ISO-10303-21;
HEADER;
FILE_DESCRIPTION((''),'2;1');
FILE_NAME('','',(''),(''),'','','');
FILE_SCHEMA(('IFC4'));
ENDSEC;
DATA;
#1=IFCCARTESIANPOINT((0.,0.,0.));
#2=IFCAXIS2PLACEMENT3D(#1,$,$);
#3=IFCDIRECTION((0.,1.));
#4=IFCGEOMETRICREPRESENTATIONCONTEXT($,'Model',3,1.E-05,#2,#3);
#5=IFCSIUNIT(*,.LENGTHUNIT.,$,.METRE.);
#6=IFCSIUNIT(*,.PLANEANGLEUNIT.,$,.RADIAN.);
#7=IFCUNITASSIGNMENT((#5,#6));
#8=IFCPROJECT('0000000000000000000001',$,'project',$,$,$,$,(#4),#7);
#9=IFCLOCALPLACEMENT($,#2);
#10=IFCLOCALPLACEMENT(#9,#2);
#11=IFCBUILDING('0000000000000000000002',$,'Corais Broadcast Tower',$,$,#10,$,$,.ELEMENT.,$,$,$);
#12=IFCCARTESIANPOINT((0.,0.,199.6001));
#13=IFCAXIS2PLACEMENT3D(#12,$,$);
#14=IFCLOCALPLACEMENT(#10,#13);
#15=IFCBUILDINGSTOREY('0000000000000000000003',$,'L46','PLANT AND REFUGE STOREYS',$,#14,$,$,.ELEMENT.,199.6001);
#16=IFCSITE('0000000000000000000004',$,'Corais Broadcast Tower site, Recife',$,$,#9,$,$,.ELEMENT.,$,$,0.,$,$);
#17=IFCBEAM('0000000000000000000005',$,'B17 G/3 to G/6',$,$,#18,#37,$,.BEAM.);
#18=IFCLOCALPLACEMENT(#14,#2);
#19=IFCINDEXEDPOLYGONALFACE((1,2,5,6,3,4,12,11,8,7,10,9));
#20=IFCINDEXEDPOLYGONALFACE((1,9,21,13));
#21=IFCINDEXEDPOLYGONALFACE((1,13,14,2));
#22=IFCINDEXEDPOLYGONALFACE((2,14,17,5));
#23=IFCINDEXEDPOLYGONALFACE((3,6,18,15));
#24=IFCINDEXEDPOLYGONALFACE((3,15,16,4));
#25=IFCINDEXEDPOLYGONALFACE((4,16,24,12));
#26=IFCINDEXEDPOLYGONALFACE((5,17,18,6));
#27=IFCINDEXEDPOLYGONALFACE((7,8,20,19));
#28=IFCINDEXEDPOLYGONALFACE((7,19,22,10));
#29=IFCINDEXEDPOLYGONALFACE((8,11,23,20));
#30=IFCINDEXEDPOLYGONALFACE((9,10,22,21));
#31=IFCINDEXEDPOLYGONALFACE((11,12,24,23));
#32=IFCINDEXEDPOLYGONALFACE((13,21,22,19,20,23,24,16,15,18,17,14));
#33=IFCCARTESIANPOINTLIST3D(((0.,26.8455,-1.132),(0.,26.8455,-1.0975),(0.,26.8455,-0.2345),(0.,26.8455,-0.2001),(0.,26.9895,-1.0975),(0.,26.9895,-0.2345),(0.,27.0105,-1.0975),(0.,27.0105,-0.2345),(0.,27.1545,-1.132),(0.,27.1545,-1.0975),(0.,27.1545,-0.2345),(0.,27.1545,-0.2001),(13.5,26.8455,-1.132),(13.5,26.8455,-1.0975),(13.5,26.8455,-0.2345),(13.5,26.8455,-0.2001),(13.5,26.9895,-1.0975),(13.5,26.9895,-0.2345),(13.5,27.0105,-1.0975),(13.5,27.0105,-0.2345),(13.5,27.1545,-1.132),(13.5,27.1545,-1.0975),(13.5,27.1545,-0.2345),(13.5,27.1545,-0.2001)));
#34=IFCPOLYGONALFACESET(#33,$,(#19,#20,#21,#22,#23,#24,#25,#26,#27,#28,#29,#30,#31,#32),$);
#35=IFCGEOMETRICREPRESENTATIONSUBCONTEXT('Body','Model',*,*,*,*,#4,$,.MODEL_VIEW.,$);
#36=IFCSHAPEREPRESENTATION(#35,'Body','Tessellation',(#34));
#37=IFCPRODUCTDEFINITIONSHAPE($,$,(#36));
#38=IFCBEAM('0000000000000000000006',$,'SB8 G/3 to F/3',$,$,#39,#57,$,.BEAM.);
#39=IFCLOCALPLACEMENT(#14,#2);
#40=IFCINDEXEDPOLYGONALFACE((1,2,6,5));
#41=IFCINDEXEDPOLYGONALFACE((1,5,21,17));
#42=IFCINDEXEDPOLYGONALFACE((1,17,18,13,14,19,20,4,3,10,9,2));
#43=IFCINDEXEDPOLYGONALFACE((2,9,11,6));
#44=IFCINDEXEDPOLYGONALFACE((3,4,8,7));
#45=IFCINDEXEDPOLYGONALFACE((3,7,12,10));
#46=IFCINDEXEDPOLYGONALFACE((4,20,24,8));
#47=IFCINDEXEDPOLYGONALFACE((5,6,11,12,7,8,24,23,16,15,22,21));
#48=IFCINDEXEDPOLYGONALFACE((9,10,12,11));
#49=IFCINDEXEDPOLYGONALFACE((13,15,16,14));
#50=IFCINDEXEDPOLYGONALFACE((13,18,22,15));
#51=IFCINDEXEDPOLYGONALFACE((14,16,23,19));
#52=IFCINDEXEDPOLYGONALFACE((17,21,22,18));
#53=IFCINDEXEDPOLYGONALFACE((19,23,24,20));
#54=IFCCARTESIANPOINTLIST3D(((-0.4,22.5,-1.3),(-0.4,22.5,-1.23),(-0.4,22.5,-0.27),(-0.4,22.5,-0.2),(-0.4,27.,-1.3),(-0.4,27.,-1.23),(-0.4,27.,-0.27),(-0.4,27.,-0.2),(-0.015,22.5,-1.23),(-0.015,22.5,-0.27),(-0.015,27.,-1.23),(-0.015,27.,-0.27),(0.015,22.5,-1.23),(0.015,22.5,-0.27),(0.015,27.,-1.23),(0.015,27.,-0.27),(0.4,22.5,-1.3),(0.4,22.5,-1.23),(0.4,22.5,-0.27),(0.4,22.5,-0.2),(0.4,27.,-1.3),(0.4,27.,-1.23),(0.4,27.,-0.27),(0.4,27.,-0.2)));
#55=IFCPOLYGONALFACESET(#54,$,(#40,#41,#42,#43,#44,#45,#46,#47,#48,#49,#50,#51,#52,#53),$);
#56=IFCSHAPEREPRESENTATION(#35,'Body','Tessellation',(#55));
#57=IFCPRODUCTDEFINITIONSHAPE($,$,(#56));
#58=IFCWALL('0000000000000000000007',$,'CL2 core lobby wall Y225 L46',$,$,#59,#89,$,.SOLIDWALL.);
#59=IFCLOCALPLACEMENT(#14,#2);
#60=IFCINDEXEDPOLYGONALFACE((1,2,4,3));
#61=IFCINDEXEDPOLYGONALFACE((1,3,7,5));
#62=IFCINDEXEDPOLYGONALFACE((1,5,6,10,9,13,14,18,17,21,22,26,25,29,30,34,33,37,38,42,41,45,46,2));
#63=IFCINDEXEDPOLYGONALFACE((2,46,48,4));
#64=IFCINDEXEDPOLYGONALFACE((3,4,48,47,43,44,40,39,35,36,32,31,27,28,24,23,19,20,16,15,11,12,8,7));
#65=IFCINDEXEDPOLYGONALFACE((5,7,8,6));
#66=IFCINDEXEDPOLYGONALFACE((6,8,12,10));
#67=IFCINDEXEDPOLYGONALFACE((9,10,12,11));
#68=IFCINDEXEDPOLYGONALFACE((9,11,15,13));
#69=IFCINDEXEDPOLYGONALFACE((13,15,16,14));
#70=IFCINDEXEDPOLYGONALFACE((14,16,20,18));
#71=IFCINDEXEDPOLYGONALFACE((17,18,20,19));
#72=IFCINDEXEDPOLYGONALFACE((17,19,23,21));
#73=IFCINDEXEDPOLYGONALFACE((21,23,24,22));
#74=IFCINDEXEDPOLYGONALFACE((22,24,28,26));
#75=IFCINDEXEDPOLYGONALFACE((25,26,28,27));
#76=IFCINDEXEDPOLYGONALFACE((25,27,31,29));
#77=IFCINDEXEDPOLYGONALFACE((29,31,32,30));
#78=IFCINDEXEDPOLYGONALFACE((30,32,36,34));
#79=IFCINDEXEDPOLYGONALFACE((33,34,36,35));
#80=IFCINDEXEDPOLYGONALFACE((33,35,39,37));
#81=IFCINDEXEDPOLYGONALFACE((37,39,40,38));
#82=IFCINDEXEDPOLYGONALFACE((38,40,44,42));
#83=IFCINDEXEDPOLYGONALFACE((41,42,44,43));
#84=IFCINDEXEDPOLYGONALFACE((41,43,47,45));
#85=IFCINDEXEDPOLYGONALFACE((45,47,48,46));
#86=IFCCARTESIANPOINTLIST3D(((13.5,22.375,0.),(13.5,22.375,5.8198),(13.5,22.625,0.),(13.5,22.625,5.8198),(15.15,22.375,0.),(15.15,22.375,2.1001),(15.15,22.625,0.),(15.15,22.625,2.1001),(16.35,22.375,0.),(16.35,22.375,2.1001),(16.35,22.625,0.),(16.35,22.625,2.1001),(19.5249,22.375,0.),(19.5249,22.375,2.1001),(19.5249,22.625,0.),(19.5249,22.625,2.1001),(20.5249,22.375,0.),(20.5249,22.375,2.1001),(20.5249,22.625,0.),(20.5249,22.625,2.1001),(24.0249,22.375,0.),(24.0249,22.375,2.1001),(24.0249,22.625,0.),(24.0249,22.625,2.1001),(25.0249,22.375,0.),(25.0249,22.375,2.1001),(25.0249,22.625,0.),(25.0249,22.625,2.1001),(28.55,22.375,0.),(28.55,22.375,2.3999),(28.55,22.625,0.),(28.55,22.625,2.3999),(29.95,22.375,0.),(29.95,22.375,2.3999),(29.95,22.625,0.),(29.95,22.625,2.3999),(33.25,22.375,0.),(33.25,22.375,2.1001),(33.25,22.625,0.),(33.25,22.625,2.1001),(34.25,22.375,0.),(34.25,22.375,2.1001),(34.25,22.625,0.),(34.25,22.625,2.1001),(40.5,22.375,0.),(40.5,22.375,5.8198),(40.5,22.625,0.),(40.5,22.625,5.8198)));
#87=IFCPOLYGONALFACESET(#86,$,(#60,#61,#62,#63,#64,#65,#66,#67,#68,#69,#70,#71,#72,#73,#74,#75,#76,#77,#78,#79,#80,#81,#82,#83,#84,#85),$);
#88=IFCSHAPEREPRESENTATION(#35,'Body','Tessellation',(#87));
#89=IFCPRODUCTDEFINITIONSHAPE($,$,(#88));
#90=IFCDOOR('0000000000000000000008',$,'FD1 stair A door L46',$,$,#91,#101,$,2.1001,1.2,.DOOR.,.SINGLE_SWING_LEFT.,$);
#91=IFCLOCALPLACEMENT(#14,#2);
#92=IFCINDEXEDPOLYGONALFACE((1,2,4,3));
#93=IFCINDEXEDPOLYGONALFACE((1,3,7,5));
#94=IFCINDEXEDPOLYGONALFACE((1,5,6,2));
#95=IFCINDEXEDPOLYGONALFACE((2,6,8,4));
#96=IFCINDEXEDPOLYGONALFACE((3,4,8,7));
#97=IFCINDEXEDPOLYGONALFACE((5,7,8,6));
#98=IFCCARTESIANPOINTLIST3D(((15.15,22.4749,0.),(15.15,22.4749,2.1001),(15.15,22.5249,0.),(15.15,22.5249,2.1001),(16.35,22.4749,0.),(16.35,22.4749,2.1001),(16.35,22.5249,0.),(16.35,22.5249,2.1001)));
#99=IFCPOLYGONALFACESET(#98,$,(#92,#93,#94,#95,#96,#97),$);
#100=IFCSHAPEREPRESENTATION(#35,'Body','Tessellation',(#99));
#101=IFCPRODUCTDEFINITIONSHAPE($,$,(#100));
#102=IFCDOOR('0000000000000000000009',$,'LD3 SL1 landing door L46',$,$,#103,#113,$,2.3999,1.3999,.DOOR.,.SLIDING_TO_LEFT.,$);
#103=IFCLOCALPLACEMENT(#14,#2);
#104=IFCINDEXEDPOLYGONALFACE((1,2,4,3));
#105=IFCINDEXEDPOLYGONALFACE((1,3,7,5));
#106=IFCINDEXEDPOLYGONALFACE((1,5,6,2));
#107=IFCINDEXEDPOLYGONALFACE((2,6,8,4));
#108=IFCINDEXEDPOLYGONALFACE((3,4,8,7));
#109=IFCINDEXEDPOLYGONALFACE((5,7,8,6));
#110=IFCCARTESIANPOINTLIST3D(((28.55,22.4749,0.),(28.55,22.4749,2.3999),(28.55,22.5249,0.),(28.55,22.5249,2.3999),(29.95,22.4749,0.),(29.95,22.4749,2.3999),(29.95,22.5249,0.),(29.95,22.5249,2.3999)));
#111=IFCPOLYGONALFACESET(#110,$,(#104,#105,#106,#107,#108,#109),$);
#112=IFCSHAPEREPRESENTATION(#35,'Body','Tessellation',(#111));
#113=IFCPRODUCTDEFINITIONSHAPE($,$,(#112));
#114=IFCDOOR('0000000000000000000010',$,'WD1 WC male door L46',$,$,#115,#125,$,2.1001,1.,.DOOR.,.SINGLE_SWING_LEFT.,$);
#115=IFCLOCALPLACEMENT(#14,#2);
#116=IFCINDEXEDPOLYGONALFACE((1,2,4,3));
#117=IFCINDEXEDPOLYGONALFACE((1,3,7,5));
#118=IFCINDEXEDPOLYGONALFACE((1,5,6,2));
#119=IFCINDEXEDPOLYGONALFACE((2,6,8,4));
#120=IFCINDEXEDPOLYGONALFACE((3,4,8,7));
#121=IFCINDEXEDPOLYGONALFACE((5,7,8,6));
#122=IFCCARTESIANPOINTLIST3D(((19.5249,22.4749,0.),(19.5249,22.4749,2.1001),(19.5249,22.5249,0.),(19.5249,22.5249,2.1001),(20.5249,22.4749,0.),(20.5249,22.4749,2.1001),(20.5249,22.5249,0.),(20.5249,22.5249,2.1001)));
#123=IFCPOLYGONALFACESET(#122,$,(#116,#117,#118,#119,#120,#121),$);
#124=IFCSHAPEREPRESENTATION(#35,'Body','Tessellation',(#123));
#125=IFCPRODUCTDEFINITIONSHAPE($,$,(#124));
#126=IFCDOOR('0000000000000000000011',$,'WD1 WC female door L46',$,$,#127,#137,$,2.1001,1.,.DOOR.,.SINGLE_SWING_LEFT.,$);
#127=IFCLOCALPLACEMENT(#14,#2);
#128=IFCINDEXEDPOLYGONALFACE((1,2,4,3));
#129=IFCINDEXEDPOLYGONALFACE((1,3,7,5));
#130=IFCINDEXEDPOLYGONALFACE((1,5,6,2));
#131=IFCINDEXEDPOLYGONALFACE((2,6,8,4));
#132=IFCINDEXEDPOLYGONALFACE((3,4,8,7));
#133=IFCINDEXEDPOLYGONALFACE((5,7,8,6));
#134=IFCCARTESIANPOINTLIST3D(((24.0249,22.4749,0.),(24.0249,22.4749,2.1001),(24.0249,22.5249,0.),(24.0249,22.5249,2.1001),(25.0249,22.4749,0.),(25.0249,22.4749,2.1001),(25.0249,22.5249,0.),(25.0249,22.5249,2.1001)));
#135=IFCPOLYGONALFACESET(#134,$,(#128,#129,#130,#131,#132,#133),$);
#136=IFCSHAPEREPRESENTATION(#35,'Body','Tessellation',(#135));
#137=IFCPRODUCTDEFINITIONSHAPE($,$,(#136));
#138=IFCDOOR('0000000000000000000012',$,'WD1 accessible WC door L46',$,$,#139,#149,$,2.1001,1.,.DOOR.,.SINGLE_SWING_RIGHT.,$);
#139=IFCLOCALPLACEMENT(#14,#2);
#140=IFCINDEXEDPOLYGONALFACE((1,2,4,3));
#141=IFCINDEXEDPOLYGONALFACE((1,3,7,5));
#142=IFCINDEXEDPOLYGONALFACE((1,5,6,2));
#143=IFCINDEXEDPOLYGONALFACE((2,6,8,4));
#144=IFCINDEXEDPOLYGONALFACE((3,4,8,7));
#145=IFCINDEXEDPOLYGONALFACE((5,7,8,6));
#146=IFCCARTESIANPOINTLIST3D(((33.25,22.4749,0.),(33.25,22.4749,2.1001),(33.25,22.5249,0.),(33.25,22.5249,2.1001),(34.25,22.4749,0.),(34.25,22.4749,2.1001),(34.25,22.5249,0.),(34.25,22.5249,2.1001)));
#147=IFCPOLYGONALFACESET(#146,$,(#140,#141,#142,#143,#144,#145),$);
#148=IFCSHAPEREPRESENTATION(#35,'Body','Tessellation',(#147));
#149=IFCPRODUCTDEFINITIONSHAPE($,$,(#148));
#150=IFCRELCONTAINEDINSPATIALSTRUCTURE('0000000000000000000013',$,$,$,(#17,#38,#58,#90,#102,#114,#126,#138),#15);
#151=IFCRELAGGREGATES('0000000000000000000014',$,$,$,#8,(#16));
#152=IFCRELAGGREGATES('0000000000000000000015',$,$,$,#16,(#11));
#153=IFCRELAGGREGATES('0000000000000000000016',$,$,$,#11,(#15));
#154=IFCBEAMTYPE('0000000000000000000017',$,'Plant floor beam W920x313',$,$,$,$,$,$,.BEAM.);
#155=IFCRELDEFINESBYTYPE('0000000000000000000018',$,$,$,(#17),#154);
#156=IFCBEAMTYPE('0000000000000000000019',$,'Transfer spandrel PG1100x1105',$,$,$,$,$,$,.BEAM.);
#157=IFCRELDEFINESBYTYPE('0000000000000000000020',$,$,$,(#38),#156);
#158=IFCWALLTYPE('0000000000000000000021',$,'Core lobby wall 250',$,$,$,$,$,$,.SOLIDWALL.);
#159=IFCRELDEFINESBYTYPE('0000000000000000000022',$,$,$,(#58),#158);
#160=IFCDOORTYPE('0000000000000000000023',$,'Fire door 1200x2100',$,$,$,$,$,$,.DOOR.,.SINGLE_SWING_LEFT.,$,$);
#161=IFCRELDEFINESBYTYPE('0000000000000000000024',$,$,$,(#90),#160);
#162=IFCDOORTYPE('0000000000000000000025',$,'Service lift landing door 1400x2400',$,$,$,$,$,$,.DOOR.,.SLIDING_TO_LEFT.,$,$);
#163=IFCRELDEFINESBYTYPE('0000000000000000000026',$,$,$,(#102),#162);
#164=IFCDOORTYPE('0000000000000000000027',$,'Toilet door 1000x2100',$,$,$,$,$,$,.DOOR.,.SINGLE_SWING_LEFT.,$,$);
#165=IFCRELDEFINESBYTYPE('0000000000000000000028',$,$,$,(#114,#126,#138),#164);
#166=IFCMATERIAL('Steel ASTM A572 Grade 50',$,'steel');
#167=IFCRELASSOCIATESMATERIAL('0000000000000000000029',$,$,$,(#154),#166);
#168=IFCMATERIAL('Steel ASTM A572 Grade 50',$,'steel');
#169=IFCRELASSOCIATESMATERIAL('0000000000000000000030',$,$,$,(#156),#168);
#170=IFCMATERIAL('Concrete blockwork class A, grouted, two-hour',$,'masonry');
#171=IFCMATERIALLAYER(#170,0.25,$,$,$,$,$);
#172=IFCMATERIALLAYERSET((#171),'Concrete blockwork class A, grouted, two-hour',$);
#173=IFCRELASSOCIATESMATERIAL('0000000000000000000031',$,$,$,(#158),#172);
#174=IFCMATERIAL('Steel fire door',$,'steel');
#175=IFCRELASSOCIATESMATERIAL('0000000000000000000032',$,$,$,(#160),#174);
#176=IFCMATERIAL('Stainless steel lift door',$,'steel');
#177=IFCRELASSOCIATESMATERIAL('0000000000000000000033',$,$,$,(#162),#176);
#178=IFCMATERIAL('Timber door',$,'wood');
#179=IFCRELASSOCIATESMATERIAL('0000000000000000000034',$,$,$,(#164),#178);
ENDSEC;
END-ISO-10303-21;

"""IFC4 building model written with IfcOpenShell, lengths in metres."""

from ifc_helpers import new_model, si_unit, direction, frame, frame_2d, origin, origin_2d, place, context, subcontext, project, spatial, rectangle, i_section, extrude, material, layer, layer_set, material_profile, profile_set, type_object, element, fill, save


model = new_model("IFC4")

# Units and contexts
model_context = context("Model", 3, precision=1e-05, world=origin(), true_north=direction((0.0, 1.0)))
body_context = subcontext(model_context, "Body", "Model", "MODEL_VIEW")
ifc_project = project(units=[si_unit("LENGTHUNIT", "METRE"), si_unit("PLANEANGLEUNIT", "RADIAN")], contexts=[model_context])

# Site, building, storey
site_placement = place(None, origin())
site = spatial("IfcSite", under=ifc_project, at=site_placement, Name="Corais Broadcast Tower site, Recife", CompositionType="ELEMENT", RefElevation=0.0)
building_placement = place(site_placement, origin())
building = spatial("IfcBuilding", under=site, at=building_placement, Name="Corais Broadcast Tower", CompositionType="ELEMENT")
storey_placement = place(building_placement, frame((0.0, 0.0, 199.6001)))
storey = spatial("IfcBuildingStorey", under=building, at=storey_placement, Name="L46", Description="PLANT AND REFUGE STOREYS", CompositionType="ELEMENT", Elevation=199.6001)

# Beams
ifc_material_1 = material(Name="Steel ASTM A572 Grade 50", Category="steel")
ifc_material_profile_1 = material_profile(ifc_material_1, i_section(OverallWidth=0.3091, OverallDepth=0.9319, WebThickness=0.021, FlangeThickness=0.0344, at=origin_2d()), Name="W920x313")
ifc_profile_set_1 = profile_set([ifc_material_profile_1], Name="Steel ASTM A572 Grade 50")
beam_type_1 = type_object("IfcBeamType", Name="Plant floor beam W920x313", PredefinedType="BEAM", material=ifc_profile_set_1)
beam_1_placement = place(storey_placement, frame((0.0, 27.0, -0.666), z_axis=(1.0, 0.0, 0.0), x_axis=(0.0, 1.0, 0.0)))
element("IfcBeam", 1, at=beam_1_placement, inside=storey, type_object=beam_type_1, Name="B17 G/3 to G/6", PredefinedType="BEAM", context=body_context, shape_type="SweptSolid", body=[
    extrude(i_section(OverallWidth=0.3091, OverallDepth=0.9319, WebThickness=0.021, FlangeThickness=0.0344, at=origin_2d()), origin(), (0.0, 0.0, 1.0), 13.5),
])
ifc_material_2 = material(Name="Steel ASTM A572 Grade 50", Category="steel")
ifc_material_profile_2 = material_profile(ifc_material_2, i_section(OverallWidth=0.8, OverallDepth=1.1001, WebThickness=0.03, FlangeThickness=0.0701, at=origin_2d()), Name="PG1100x1105")
ifc_profile_set_2 = profile_set([ifc_material_profile_2], Name="Steel ASTM A572 Grade 50")
beam_type_2 = type_object("IfcBeamType", Name="Transfer spandrel PG1100x1105", PredefinedType="BEAM", material=ifc_profile_set_2)
beam_2_placement = place(storey_placement, frame((0.0, 27.0, -0.75), z_axis=(0.0, -1.0, 0.0), x_axis=(1.0, 0.0, 0.0)))
element("IfcBeam", 2, at=beam_2_placement, inside=storey, type_object=beam_type_2, Name="SB8 G/3 to F/3", PredefinedType="BEAM", context=body_context, shape_type="SweptSolid", body=[
    extrude(i_section(OverallWidth=0.8, OverallDepth=1.1001, WebThickness=0.03, FlangeThickness=0.0701, at=origin_2d()), origin(), (0.0, 0.0, 1.0), 4.5),
])

# Wall, openings, doors
ifc_material_3 = material(Name="Concrete blockwork class A, grouted, two-hour", Category="masonry")
ifc_layer_1 = layer(ifc_material_3, 0.25)
ifc_layer_set_1 = layer_set([ifc_layer_1], Name="Concrete blockwork class A, grouted, two-hour")
wall_type_1 = type_object("IfcWallType", Name="Core lobby wall 250", PredefinedType="SOLIDWALL", material=ifc_layer_set_1)
wall_1_placement = place(storey_placement, frame((13.5, 22.5, 0.0), z_axis=(0.0, 0.0, 1.0), x_axis=(1.0, 0.0, 0.0)))
wall_1 = element("IfcWall", 3, at=wall_1_placement, inside=storey, type_object=wall_type_1, Name="CL2 core lobby wall Y225 L46", PredefinedType="SOLIDWALL", context=body_context, shape_type="SweptSolid", body=[
    extrude(rectangle(XDim=27.0, YDim=0.25, at=frame_2d((13.5, 0.0))), origin(), (0.0, 0.0, 1.0), 5.8198),
])
opening_1_placement = place(wall_1_placement, frame((1.6499, 0.0, 0.0)))
opening_1 = element("IfcOpeningElement", 4, at=opening_1_placement, cuts=wall_1, PredefinedType="OPENING", context=body_context, shape_type="SweptSolid", body=[
    extrude(rectangle(XDim=1.2, YDim=2.1001, at=frame_2d((0.6001, 1.05))), frame((0.0, 0.135, 0.0), z_axis=(0.0, -1.0, 0.0), x_axis=(1.0, 0.0, 0.0)), (0.0, 0.0, 1.0), 0.27),
])
opening_2_placement = place(wall_1_placement, frame((6.0249, 0.0, 0.0)))
opening_2 = element("IfcOpeningElement", 5, at=opening_2_placement, cuts=wall_1, PredefinedType="OPENING", context=body_context, shape_type="SweptSolid", body=[
    extrude(rectangle(XDim=1.0, YDim=2.1001, at=frame_2d((0.5, 1.05))), frame((0.0, 0.135, 0.0), z_axis=(0.0, -1.0, 0.0), x_axis=(1.0, 0.0, 0.0)), (0.0, 0.0, 1.0), 0.27),
])
opening_3_placement = place(wall_1_placement, frame((10.5249, 0.0, 0.0)))
opening_3 = element("IfcOpeningElement", 6, at=opening_3_placement, cuts=wall_1, PredefinedType="OPENING", context=body_context, shape_type="SweptSolid", body=[
    extrude(rectangle(XDim=1.0, YDim=2.1001, at=frame_2d((0.5, 1.05))), frame((0.0, 0.135, 0.0), z_axis=(0.0, -1.0, 0.0), x_axis=(1.0, 0.0, 0.0)), (0.0, 0.0, 1.0), 0.27),
])
opening_4_placement = place(wall_1_placement, frame((19.75, 0.0, 0.0)))
opening_4 = element("IfcOpeningElement", 7, at=opening_4_placement, cuts=wall_1, PredefinedType="OPENING", context=body_context, shape_type="SweptSolid", body=[
    extrude(rectangle(XDim=1.0, YDim=2.1001, at=frame_2d((0.5, 1.05))), frame((0.0, 0.135, 0.0), z_axis=(0.0, -1.0, 0.0), x_axis=(1.0, 0.0, 0.0)), (0.0, 0.0, 1.0), 0.27),
])
opening_5_placement = place(wall_1_placement, frame((15.05, 0.0, 0.0)))
opening_5 = element("IfcOpeningElement", 8, at=opening_5_placement, cuts=wall_1, PredefinedType="OPENING", context=body_context, shape_type="SweptSolid", body=[
    extrude(rectangle(XDim=1.3999, YDim=2.3999, at=frame_2d((0.7, 1.2))), frame((0.0, 0.135, 0.0), z_axis=(0.0, -1.0, 0.0), x_axis=(1.0, 0.0, 0.0)), (0.0, 0.0, 1.0), 0.27),
])
ifc_material_4 = material(Name="Steel fire door", Category="steel")
door_type_1 = type_object("IfcDoorType", Name="Fire door 1200x2100", OperationType="SINGLE_SWING_LEFT", PredefinedType="DOOR", material=ifc_material_4)
door_1_placement = place(opening_1_placement, origin())
door_1 = element("IfcDoor", 9, at=door_1_placement, inside=storey, type_object=door_type_1, Name="FD1 stair A door L46", OperationType="SINGLE_SWING_LEFT", OverallHeight=2.1001, OverallWidth=1.2, PredefinedType="DOOR", context=body_context, shape_type="SweptSolid", body=[
    extrude(rectangle(XDim=1.2, YDim=2.1001, at=frame_2d((0.6001, 1.05))), frame((0.0, 0.0249, 0.0), z_axis=(0.0, -1.0, 0.0), x_axis=(1.0, 0.0, 0.0)), (0.0, 0.0, 1.0), 0.05),
])
fill(opening_1, door_1)
ifc_material_5 = material(Name="Stainless steel lift door", Category="steel")
door_type_2 = type_object("IfcDoorType", Name="Service lift landing door 1400x2400", OperationType="SLIDING_TO_LEFT", PredefinedType="DOOR", material=ifc_material_5)
door_2_placement = place(opening_5_placement, origin())
door_2 = element("IfcDoor", 10, at=door_2_placement, inside=storey, type_object=door_type_2, Name="LD3 SL1 landing door L46", OperationType="SLIDING_TO_LEFT", OverallHeight=2.3999, OverallWidth=1.3999, PredefinedType="DOOR", context=body_context, shape_type="SweptSolid", body=[
    extrude(rectangle(XDim=1.3999, YDim=2.3999, at=frame_2d((0.7, 1.2))), frame((0.0, 0.0249, 0.0), z_axis=(0.0, -1.0, 0.0), x_axis=(1.0, 0.0, 0.0)), (0.0, 0.0, 1.0), 0.05),
])
fill(opening_5, door_2)
ifc_material_6 = material(Name="Timber door", Category="wood")
door_type_3 = type_object("IfcDoorType", Name="Toilet door 1000x2100", OperationType="SINGLE_SWING_LEFT", PredefinedType="DOOR", material=ifc_material_6)
door_3_placement = place(opening_2_placement, origin())
door_3 = element("IfcDoor", 11, at=door_3_placement, inside=storey, type_object=door_type_3, Name="WD1 WC male door L46", OperationType="SINGLE_SWING_LEFT", OverallHeight=2.1001, OverallWidth=1.0, PredefinedType="DOOR", context=body_context, shape_type="SweptSolid", body=[
    extrude(rectangle(XDim=1.0, YDim=2.1001, at=frame_2d((0.5, 1.05))), frame((0.0, 0.0249, 0.0), z_axis=(0.0, -1.0, 0.0), x_axis=(1.0, 0.0, 0.0)), (0.0, 0.0, 1.0), 0.05),
])
fill(opening_2, door_3)
door_4_placement = place(opening_3_placement, origin())
door_4 = element("IfcDoor", 12, at=door_4_placement, inside=storey, type_object=door_type_3, Name="WD1 WC female door L46", OperationType="SINGLE_SWING_LEFT", OverallHeight=2.1001, OverallWidth=1.0, PredefinedType="DOOR", context=body_context, shape_type="SweptSolid", body=[
    extrude(rectangle(XDim=1.0, YDim=2.1001, at=frame_2d((0.5, 1.05))), frame((0.0, 0.0249, 0.0), z_axis=(0.0, -1.0, 0.0), x_axis=(1.0, 0.0, 0.0)), (0.0, 0.0, 1.0), 0.05),
])
fill(opening_3, door_4)
door_5_placement = place(opening_4_placement, origin())
door_5 = element("IfcDoor", 13, at=door_5_placement, inside=storey, type_object=door_type_3, Name="WD1 accessible WC door L46", OperationType="SINGLE_SWING_RIGHT", OverallHeight=2.1001, OverallWidth=1.0, PredefinedType="DOOR", context=body_context, shape_type="SweptSolid", body=[
    extrude(rectangle(XDim=1.0, YDim=2.1001, at=frame_2d((0.5, 1.05))), frame((0.0, 0.0249, 0.0), z_axis=(0.0, -1.0, 0.0), x_axis=(1.0, 0.0, 0.0)), (0.0, 0.0, 1.0), 0.05),
])
fill(opening_4, door_5)

save(model, "model.ifc")
